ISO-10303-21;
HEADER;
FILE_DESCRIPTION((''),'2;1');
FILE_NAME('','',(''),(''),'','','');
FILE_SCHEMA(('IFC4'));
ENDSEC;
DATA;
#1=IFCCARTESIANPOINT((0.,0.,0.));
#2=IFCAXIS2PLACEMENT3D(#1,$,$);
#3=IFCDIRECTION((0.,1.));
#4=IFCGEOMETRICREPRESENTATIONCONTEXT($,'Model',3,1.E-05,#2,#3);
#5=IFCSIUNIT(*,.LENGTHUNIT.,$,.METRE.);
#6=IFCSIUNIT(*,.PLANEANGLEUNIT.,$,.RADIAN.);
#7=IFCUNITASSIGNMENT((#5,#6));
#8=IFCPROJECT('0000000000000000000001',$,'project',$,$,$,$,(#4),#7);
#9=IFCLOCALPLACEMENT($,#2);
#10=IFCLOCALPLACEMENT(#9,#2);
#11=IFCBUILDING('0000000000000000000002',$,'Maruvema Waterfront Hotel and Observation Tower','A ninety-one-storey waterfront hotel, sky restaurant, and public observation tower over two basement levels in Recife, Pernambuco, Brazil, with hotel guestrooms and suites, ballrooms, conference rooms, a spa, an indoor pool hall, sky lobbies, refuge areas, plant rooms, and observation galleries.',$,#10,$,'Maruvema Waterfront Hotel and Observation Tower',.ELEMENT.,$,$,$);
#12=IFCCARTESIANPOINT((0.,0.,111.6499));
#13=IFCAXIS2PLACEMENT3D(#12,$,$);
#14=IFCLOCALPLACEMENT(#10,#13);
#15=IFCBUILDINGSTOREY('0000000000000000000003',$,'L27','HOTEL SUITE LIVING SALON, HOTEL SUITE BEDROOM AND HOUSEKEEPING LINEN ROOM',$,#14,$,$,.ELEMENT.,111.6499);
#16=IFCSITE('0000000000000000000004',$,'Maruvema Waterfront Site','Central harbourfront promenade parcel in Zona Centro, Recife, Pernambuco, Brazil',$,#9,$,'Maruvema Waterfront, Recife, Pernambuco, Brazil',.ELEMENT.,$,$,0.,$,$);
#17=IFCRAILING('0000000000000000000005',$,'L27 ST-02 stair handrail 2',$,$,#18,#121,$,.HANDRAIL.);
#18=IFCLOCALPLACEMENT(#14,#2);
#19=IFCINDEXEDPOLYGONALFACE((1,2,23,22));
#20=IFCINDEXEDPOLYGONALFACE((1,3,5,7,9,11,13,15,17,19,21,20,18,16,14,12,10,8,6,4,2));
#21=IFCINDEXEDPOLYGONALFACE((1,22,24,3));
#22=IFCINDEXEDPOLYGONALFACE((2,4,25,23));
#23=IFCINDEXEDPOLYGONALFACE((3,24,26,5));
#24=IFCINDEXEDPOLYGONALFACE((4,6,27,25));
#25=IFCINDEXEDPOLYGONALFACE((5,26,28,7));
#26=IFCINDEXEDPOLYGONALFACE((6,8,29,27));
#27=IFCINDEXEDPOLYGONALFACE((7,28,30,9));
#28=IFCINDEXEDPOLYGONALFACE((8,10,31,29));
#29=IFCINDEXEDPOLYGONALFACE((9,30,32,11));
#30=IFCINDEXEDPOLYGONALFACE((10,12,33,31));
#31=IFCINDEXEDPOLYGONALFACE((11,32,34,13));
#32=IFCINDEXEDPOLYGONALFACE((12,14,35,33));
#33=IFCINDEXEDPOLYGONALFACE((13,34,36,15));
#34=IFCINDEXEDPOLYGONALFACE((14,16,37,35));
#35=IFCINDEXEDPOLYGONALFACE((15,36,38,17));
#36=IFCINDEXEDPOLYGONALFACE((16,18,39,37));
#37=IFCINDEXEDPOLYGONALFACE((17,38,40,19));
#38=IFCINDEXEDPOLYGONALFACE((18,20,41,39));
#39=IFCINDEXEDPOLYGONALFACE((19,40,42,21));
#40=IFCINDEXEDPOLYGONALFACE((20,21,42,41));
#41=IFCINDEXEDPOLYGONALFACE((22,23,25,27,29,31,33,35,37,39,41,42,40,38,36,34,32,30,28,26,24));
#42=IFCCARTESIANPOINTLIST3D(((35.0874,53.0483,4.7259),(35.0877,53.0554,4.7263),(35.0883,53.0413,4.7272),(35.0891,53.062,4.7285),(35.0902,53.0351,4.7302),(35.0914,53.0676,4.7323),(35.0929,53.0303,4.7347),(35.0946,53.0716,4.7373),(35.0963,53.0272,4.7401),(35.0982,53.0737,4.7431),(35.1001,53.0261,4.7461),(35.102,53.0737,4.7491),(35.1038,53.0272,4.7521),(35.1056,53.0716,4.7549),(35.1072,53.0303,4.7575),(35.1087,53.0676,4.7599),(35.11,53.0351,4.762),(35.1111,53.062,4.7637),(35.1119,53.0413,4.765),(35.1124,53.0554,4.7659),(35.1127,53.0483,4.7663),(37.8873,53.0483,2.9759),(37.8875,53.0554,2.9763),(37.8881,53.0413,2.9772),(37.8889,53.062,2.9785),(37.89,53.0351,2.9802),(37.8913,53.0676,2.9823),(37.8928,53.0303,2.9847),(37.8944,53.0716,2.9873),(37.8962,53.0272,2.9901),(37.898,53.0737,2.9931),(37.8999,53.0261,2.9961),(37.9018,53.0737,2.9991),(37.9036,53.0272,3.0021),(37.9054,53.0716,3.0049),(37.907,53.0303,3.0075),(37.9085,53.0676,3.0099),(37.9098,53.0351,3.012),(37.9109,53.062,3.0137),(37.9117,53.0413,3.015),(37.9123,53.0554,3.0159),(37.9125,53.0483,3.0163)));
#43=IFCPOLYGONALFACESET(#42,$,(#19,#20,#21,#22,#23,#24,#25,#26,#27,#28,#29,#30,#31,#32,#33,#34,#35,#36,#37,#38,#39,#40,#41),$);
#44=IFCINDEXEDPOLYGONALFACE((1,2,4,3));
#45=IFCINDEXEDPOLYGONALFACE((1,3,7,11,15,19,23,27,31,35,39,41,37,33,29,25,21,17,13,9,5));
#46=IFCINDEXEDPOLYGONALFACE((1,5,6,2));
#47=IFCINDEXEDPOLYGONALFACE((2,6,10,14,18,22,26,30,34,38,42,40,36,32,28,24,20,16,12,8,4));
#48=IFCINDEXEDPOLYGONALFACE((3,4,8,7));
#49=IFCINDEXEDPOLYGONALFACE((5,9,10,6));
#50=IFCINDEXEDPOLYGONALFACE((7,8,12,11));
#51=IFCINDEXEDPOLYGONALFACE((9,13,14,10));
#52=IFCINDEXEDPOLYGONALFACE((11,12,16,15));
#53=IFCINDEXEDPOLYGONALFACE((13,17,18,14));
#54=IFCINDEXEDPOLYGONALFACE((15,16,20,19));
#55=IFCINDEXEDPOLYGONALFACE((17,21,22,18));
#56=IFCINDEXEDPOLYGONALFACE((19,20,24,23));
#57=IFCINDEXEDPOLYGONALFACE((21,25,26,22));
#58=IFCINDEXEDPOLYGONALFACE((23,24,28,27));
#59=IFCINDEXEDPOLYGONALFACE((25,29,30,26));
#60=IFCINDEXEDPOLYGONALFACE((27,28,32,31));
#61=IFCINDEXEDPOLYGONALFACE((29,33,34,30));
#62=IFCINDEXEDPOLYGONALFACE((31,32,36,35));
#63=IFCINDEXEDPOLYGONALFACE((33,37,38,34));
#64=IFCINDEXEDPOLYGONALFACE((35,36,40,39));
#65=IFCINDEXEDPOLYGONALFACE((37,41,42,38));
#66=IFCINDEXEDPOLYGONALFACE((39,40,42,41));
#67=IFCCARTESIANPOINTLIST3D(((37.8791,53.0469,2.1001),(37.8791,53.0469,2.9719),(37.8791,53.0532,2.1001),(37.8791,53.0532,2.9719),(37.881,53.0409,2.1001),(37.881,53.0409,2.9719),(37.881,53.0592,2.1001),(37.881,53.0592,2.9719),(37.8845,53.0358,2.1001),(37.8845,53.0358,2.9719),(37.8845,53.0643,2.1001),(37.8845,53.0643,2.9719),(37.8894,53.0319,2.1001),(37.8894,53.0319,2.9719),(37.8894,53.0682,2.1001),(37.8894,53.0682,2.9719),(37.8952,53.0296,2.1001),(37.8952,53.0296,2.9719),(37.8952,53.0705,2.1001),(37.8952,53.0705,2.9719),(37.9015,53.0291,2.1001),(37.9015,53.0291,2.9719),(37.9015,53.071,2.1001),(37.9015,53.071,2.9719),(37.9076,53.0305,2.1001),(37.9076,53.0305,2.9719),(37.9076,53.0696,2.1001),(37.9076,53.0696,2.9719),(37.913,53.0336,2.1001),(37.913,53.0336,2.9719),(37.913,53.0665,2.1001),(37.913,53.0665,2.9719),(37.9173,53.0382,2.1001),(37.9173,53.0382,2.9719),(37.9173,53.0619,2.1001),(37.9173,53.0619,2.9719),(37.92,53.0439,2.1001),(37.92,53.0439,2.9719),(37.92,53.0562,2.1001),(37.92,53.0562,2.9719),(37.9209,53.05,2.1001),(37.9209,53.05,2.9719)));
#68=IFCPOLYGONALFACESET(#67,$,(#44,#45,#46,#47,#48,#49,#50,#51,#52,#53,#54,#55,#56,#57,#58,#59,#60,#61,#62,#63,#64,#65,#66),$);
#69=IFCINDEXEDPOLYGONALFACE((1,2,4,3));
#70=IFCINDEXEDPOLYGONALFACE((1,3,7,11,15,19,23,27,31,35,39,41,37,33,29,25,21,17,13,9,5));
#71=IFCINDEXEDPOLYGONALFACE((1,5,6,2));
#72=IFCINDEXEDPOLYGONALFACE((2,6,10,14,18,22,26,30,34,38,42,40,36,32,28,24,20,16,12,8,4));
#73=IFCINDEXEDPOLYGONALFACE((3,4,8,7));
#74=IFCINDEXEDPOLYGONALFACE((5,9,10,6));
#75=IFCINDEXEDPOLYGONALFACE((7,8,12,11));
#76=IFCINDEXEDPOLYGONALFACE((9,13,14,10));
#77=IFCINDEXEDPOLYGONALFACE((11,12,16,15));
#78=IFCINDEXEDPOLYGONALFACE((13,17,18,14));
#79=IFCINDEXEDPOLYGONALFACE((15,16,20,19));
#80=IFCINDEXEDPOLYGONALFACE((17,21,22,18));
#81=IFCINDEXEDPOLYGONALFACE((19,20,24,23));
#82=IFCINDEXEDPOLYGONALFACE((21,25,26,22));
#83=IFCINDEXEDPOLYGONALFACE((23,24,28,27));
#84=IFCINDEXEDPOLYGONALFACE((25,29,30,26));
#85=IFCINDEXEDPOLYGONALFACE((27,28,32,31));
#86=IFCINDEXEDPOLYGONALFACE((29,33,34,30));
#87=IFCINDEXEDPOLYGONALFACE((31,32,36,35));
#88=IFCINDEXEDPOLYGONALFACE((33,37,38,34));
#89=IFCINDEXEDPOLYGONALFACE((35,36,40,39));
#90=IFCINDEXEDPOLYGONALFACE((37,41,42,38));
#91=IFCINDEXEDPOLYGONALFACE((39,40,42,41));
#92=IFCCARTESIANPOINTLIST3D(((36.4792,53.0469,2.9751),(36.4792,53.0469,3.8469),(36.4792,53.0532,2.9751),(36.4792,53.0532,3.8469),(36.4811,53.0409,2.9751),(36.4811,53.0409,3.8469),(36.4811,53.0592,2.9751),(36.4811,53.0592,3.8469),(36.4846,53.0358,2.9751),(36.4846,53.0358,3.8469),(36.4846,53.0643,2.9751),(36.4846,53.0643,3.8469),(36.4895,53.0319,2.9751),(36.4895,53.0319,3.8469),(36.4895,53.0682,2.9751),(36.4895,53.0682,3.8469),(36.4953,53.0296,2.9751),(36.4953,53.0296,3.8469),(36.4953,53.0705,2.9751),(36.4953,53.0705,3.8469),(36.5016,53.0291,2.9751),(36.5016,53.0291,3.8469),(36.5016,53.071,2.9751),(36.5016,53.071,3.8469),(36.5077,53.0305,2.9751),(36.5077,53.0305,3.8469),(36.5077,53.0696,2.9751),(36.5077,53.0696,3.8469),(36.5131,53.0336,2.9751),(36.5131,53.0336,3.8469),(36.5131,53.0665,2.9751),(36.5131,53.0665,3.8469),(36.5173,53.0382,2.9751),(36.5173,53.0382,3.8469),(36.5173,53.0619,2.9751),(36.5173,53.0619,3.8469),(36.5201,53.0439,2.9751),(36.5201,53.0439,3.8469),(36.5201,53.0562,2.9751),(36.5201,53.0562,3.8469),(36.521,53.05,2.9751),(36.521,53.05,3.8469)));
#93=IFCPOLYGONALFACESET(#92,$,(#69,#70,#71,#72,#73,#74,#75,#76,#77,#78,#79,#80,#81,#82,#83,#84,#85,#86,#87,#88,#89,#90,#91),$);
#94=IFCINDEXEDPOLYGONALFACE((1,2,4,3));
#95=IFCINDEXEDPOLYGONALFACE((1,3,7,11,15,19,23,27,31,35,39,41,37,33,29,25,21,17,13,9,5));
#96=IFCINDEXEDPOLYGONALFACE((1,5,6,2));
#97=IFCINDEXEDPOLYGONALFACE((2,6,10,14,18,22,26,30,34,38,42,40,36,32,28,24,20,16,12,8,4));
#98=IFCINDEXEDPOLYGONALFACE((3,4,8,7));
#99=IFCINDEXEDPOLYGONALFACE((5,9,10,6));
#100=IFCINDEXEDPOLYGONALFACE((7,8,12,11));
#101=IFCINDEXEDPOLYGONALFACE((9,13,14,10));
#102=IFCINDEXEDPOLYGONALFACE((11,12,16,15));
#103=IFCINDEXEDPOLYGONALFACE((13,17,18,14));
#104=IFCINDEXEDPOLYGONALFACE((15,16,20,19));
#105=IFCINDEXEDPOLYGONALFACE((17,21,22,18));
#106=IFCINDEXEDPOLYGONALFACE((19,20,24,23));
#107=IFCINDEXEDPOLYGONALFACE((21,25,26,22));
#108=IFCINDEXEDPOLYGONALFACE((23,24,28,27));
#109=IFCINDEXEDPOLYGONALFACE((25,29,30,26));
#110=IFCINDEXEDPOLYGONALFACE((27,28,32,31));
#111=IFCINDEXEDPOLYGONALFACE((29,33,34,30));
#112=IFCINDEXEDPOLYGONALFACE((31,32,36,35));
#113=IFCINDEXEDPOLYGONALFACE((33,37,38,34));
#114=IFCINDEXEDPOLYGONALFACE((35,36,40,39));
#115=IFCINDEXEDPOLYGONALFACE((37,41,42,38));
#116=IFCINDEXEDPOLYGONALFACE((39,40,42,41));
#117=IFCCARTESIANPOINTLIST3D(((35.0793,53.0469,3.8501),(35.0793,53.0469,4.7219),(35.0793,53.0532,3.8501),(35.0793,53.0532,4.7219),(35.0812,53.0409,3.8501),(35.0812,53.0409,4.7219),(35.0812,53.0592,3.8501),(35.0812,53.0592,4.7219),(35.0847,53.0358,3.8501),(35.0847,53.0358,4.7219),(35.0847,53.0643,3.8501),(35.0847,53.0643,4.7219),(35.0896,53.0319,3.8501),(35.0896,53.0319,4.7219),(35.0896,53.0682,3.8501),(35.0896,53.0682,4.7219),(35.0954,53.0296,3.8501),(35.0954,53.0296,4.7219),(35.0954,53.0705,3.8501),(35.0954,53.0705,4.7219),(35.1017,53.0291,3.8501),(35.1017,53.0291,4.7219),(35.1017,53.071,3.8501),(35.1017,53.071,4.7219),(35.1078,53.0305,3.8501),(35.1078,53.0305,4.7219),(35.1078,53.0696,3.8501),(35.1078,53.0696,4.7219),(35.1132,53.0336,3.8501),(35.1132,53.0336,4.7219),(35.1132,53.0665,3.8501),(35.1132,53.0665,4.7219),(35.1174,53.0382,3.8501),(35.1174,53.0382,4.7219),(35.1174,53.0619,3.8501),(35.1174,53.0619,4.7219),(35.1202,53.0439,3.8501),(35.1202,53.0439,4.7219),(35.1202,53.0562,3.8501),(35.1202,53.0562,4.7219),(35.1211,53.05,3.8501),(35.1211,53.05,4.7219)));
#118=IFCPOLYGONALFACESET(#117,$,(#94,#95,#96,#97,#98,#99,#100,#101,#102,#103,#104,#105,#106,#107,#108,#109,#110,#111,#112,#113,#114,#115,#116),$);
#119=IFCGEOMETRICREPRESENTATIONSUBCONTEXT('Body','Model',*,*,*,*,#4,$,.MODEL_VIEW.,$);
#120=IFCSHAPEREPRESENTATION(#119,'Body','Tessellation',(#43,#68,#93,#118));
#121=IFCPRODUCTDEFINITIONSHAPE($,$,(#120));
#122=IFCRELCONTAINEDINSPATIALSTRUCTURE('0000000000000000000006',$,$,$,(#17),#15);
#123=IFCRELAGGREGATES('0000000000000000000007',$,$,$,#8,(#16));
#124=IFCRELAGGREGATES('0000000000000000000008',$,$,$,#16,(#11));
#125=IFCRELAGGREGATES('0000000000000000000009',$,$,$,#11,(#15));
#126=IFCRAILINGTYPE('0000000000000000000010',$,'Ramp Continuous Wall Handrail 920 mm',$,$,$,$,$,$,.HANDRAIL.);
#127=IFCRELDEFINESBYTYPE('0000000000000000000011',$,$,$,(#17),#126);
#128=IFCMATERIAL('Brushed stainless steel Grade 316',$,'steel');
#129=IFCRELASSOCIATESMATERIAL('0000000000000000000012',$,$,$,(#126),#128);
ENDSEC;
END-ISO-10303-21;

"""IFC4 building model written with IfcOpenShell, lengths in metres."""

from ifc_helpers import new_model, si_unit, direction, frame, origin, origin_2d, place, context, subcontext, project, spatial, circle, extrude, material, type_object, element, save


model = new_model("IFC4")

# Units and contexts
model_context = context("Model", 3, precision=1e-05, world=origin(), true_north=direction((0.0, 1.0)))
body_context = subcontext(model_context, "Body", "Model", "MODEL_VIEW")
ifc_project = project(units=[si_unit("LENGTHUNIT", "METRE"), si_unit("PLANEANGLEUNIT", "RADIAN")], contexts=[model_context])

# Site, building, storey
site_placement = place(None, origin())
site = spatial("IfcSite", under=ifc_project, at=site_placement, Name="Maruvema Waterfront Site", Description="Central harbourfront promenade parcel in Zona Centro, Recife, Pernambuco, Brazil", LongName="Maruvema Waterfront, Recife, Pernambuco, Brazil", CompositionType="ELEMENT", RefElevation=0.0)
building_placement = place(site_placement, origin())
building = spatial("IfcBuilding", under=site, at=building_placement, Name="Maruvema Waterfront Hotel and Observation Tower", Description="A ninety-one-storey waterfront hotel, sky restaurant, and public observation tower over two basement levels in Recife, Pernambuco, Brazil, with hotel guestrooms and suites, ballrooms, conference rooms, a spa, an indoor pool hall, sky lobbies, refuge areas, plant rooms, and observation galleries.", LongName="Maruvema Waterfront Hotel and Observation Tower", CompositionType="ELEMENT")
storey_placement = place(building_placement, frame((0.0, 0.0, 111.6499)))
storey = spatial("IfcBuildingStorey", under=building, at=storey_placement, Name="L27", Description="HOTEL SUITE LIVING SALON, HOTEL SUITE BEDROOM AND HOUSEKEEPING LINEN ROOM", CompositionType="ELEMENT", Elevation=111.6499)

# Railing
ifc_material_1 = material(Name="Brushed stainless steel Grade 316", Category="steel")
railing_type_1 = type_object("IfcRailingType", Name="Ramp Continuous Wall Handrail 920 mm", PredefinedType="HANDRAIL", material=ifc_material_1)
railing_1_placement = place(storey_placement, frame((37.8999, 53.05, 2.1001)))
element("IfcRailing", 1, at=railing_1_placement, inside=storey, type_object=railing_type_1, Name="L27 ST-02 stair handrail 2", PredefinedType="HANDRAIL", context=body_context, shape_type="SweptSolid", body=[
    extrude(circle(Radius=0.0239, at=origin_2d()), frame((0.0, 0.0, 0.896), z_axis=(-0.847982, 0.0, 0.530026), x_axis=(0.0, -1.0, 0.0)), (0.0, 0.0, 1.0), 3.3018),
    extrude(circle(Radius=0.021, at=origin_2d()), origin(), (0.0, 0.0, 1.0), 0.8718),
    extrude(circle(Radius=0.021, at=origin_2d()), frame((-1.3999, 0.0, 0.875)), (0.0, 0.0, 1.0), 0.8718),
    extrude(circle(Radius=0.021, at=origin_2d()), frame((-2.7998, 0.0, 1.75)), (0.0, 0.0, 1.0), 0.8718),
])

save(model, "model.ifc")
